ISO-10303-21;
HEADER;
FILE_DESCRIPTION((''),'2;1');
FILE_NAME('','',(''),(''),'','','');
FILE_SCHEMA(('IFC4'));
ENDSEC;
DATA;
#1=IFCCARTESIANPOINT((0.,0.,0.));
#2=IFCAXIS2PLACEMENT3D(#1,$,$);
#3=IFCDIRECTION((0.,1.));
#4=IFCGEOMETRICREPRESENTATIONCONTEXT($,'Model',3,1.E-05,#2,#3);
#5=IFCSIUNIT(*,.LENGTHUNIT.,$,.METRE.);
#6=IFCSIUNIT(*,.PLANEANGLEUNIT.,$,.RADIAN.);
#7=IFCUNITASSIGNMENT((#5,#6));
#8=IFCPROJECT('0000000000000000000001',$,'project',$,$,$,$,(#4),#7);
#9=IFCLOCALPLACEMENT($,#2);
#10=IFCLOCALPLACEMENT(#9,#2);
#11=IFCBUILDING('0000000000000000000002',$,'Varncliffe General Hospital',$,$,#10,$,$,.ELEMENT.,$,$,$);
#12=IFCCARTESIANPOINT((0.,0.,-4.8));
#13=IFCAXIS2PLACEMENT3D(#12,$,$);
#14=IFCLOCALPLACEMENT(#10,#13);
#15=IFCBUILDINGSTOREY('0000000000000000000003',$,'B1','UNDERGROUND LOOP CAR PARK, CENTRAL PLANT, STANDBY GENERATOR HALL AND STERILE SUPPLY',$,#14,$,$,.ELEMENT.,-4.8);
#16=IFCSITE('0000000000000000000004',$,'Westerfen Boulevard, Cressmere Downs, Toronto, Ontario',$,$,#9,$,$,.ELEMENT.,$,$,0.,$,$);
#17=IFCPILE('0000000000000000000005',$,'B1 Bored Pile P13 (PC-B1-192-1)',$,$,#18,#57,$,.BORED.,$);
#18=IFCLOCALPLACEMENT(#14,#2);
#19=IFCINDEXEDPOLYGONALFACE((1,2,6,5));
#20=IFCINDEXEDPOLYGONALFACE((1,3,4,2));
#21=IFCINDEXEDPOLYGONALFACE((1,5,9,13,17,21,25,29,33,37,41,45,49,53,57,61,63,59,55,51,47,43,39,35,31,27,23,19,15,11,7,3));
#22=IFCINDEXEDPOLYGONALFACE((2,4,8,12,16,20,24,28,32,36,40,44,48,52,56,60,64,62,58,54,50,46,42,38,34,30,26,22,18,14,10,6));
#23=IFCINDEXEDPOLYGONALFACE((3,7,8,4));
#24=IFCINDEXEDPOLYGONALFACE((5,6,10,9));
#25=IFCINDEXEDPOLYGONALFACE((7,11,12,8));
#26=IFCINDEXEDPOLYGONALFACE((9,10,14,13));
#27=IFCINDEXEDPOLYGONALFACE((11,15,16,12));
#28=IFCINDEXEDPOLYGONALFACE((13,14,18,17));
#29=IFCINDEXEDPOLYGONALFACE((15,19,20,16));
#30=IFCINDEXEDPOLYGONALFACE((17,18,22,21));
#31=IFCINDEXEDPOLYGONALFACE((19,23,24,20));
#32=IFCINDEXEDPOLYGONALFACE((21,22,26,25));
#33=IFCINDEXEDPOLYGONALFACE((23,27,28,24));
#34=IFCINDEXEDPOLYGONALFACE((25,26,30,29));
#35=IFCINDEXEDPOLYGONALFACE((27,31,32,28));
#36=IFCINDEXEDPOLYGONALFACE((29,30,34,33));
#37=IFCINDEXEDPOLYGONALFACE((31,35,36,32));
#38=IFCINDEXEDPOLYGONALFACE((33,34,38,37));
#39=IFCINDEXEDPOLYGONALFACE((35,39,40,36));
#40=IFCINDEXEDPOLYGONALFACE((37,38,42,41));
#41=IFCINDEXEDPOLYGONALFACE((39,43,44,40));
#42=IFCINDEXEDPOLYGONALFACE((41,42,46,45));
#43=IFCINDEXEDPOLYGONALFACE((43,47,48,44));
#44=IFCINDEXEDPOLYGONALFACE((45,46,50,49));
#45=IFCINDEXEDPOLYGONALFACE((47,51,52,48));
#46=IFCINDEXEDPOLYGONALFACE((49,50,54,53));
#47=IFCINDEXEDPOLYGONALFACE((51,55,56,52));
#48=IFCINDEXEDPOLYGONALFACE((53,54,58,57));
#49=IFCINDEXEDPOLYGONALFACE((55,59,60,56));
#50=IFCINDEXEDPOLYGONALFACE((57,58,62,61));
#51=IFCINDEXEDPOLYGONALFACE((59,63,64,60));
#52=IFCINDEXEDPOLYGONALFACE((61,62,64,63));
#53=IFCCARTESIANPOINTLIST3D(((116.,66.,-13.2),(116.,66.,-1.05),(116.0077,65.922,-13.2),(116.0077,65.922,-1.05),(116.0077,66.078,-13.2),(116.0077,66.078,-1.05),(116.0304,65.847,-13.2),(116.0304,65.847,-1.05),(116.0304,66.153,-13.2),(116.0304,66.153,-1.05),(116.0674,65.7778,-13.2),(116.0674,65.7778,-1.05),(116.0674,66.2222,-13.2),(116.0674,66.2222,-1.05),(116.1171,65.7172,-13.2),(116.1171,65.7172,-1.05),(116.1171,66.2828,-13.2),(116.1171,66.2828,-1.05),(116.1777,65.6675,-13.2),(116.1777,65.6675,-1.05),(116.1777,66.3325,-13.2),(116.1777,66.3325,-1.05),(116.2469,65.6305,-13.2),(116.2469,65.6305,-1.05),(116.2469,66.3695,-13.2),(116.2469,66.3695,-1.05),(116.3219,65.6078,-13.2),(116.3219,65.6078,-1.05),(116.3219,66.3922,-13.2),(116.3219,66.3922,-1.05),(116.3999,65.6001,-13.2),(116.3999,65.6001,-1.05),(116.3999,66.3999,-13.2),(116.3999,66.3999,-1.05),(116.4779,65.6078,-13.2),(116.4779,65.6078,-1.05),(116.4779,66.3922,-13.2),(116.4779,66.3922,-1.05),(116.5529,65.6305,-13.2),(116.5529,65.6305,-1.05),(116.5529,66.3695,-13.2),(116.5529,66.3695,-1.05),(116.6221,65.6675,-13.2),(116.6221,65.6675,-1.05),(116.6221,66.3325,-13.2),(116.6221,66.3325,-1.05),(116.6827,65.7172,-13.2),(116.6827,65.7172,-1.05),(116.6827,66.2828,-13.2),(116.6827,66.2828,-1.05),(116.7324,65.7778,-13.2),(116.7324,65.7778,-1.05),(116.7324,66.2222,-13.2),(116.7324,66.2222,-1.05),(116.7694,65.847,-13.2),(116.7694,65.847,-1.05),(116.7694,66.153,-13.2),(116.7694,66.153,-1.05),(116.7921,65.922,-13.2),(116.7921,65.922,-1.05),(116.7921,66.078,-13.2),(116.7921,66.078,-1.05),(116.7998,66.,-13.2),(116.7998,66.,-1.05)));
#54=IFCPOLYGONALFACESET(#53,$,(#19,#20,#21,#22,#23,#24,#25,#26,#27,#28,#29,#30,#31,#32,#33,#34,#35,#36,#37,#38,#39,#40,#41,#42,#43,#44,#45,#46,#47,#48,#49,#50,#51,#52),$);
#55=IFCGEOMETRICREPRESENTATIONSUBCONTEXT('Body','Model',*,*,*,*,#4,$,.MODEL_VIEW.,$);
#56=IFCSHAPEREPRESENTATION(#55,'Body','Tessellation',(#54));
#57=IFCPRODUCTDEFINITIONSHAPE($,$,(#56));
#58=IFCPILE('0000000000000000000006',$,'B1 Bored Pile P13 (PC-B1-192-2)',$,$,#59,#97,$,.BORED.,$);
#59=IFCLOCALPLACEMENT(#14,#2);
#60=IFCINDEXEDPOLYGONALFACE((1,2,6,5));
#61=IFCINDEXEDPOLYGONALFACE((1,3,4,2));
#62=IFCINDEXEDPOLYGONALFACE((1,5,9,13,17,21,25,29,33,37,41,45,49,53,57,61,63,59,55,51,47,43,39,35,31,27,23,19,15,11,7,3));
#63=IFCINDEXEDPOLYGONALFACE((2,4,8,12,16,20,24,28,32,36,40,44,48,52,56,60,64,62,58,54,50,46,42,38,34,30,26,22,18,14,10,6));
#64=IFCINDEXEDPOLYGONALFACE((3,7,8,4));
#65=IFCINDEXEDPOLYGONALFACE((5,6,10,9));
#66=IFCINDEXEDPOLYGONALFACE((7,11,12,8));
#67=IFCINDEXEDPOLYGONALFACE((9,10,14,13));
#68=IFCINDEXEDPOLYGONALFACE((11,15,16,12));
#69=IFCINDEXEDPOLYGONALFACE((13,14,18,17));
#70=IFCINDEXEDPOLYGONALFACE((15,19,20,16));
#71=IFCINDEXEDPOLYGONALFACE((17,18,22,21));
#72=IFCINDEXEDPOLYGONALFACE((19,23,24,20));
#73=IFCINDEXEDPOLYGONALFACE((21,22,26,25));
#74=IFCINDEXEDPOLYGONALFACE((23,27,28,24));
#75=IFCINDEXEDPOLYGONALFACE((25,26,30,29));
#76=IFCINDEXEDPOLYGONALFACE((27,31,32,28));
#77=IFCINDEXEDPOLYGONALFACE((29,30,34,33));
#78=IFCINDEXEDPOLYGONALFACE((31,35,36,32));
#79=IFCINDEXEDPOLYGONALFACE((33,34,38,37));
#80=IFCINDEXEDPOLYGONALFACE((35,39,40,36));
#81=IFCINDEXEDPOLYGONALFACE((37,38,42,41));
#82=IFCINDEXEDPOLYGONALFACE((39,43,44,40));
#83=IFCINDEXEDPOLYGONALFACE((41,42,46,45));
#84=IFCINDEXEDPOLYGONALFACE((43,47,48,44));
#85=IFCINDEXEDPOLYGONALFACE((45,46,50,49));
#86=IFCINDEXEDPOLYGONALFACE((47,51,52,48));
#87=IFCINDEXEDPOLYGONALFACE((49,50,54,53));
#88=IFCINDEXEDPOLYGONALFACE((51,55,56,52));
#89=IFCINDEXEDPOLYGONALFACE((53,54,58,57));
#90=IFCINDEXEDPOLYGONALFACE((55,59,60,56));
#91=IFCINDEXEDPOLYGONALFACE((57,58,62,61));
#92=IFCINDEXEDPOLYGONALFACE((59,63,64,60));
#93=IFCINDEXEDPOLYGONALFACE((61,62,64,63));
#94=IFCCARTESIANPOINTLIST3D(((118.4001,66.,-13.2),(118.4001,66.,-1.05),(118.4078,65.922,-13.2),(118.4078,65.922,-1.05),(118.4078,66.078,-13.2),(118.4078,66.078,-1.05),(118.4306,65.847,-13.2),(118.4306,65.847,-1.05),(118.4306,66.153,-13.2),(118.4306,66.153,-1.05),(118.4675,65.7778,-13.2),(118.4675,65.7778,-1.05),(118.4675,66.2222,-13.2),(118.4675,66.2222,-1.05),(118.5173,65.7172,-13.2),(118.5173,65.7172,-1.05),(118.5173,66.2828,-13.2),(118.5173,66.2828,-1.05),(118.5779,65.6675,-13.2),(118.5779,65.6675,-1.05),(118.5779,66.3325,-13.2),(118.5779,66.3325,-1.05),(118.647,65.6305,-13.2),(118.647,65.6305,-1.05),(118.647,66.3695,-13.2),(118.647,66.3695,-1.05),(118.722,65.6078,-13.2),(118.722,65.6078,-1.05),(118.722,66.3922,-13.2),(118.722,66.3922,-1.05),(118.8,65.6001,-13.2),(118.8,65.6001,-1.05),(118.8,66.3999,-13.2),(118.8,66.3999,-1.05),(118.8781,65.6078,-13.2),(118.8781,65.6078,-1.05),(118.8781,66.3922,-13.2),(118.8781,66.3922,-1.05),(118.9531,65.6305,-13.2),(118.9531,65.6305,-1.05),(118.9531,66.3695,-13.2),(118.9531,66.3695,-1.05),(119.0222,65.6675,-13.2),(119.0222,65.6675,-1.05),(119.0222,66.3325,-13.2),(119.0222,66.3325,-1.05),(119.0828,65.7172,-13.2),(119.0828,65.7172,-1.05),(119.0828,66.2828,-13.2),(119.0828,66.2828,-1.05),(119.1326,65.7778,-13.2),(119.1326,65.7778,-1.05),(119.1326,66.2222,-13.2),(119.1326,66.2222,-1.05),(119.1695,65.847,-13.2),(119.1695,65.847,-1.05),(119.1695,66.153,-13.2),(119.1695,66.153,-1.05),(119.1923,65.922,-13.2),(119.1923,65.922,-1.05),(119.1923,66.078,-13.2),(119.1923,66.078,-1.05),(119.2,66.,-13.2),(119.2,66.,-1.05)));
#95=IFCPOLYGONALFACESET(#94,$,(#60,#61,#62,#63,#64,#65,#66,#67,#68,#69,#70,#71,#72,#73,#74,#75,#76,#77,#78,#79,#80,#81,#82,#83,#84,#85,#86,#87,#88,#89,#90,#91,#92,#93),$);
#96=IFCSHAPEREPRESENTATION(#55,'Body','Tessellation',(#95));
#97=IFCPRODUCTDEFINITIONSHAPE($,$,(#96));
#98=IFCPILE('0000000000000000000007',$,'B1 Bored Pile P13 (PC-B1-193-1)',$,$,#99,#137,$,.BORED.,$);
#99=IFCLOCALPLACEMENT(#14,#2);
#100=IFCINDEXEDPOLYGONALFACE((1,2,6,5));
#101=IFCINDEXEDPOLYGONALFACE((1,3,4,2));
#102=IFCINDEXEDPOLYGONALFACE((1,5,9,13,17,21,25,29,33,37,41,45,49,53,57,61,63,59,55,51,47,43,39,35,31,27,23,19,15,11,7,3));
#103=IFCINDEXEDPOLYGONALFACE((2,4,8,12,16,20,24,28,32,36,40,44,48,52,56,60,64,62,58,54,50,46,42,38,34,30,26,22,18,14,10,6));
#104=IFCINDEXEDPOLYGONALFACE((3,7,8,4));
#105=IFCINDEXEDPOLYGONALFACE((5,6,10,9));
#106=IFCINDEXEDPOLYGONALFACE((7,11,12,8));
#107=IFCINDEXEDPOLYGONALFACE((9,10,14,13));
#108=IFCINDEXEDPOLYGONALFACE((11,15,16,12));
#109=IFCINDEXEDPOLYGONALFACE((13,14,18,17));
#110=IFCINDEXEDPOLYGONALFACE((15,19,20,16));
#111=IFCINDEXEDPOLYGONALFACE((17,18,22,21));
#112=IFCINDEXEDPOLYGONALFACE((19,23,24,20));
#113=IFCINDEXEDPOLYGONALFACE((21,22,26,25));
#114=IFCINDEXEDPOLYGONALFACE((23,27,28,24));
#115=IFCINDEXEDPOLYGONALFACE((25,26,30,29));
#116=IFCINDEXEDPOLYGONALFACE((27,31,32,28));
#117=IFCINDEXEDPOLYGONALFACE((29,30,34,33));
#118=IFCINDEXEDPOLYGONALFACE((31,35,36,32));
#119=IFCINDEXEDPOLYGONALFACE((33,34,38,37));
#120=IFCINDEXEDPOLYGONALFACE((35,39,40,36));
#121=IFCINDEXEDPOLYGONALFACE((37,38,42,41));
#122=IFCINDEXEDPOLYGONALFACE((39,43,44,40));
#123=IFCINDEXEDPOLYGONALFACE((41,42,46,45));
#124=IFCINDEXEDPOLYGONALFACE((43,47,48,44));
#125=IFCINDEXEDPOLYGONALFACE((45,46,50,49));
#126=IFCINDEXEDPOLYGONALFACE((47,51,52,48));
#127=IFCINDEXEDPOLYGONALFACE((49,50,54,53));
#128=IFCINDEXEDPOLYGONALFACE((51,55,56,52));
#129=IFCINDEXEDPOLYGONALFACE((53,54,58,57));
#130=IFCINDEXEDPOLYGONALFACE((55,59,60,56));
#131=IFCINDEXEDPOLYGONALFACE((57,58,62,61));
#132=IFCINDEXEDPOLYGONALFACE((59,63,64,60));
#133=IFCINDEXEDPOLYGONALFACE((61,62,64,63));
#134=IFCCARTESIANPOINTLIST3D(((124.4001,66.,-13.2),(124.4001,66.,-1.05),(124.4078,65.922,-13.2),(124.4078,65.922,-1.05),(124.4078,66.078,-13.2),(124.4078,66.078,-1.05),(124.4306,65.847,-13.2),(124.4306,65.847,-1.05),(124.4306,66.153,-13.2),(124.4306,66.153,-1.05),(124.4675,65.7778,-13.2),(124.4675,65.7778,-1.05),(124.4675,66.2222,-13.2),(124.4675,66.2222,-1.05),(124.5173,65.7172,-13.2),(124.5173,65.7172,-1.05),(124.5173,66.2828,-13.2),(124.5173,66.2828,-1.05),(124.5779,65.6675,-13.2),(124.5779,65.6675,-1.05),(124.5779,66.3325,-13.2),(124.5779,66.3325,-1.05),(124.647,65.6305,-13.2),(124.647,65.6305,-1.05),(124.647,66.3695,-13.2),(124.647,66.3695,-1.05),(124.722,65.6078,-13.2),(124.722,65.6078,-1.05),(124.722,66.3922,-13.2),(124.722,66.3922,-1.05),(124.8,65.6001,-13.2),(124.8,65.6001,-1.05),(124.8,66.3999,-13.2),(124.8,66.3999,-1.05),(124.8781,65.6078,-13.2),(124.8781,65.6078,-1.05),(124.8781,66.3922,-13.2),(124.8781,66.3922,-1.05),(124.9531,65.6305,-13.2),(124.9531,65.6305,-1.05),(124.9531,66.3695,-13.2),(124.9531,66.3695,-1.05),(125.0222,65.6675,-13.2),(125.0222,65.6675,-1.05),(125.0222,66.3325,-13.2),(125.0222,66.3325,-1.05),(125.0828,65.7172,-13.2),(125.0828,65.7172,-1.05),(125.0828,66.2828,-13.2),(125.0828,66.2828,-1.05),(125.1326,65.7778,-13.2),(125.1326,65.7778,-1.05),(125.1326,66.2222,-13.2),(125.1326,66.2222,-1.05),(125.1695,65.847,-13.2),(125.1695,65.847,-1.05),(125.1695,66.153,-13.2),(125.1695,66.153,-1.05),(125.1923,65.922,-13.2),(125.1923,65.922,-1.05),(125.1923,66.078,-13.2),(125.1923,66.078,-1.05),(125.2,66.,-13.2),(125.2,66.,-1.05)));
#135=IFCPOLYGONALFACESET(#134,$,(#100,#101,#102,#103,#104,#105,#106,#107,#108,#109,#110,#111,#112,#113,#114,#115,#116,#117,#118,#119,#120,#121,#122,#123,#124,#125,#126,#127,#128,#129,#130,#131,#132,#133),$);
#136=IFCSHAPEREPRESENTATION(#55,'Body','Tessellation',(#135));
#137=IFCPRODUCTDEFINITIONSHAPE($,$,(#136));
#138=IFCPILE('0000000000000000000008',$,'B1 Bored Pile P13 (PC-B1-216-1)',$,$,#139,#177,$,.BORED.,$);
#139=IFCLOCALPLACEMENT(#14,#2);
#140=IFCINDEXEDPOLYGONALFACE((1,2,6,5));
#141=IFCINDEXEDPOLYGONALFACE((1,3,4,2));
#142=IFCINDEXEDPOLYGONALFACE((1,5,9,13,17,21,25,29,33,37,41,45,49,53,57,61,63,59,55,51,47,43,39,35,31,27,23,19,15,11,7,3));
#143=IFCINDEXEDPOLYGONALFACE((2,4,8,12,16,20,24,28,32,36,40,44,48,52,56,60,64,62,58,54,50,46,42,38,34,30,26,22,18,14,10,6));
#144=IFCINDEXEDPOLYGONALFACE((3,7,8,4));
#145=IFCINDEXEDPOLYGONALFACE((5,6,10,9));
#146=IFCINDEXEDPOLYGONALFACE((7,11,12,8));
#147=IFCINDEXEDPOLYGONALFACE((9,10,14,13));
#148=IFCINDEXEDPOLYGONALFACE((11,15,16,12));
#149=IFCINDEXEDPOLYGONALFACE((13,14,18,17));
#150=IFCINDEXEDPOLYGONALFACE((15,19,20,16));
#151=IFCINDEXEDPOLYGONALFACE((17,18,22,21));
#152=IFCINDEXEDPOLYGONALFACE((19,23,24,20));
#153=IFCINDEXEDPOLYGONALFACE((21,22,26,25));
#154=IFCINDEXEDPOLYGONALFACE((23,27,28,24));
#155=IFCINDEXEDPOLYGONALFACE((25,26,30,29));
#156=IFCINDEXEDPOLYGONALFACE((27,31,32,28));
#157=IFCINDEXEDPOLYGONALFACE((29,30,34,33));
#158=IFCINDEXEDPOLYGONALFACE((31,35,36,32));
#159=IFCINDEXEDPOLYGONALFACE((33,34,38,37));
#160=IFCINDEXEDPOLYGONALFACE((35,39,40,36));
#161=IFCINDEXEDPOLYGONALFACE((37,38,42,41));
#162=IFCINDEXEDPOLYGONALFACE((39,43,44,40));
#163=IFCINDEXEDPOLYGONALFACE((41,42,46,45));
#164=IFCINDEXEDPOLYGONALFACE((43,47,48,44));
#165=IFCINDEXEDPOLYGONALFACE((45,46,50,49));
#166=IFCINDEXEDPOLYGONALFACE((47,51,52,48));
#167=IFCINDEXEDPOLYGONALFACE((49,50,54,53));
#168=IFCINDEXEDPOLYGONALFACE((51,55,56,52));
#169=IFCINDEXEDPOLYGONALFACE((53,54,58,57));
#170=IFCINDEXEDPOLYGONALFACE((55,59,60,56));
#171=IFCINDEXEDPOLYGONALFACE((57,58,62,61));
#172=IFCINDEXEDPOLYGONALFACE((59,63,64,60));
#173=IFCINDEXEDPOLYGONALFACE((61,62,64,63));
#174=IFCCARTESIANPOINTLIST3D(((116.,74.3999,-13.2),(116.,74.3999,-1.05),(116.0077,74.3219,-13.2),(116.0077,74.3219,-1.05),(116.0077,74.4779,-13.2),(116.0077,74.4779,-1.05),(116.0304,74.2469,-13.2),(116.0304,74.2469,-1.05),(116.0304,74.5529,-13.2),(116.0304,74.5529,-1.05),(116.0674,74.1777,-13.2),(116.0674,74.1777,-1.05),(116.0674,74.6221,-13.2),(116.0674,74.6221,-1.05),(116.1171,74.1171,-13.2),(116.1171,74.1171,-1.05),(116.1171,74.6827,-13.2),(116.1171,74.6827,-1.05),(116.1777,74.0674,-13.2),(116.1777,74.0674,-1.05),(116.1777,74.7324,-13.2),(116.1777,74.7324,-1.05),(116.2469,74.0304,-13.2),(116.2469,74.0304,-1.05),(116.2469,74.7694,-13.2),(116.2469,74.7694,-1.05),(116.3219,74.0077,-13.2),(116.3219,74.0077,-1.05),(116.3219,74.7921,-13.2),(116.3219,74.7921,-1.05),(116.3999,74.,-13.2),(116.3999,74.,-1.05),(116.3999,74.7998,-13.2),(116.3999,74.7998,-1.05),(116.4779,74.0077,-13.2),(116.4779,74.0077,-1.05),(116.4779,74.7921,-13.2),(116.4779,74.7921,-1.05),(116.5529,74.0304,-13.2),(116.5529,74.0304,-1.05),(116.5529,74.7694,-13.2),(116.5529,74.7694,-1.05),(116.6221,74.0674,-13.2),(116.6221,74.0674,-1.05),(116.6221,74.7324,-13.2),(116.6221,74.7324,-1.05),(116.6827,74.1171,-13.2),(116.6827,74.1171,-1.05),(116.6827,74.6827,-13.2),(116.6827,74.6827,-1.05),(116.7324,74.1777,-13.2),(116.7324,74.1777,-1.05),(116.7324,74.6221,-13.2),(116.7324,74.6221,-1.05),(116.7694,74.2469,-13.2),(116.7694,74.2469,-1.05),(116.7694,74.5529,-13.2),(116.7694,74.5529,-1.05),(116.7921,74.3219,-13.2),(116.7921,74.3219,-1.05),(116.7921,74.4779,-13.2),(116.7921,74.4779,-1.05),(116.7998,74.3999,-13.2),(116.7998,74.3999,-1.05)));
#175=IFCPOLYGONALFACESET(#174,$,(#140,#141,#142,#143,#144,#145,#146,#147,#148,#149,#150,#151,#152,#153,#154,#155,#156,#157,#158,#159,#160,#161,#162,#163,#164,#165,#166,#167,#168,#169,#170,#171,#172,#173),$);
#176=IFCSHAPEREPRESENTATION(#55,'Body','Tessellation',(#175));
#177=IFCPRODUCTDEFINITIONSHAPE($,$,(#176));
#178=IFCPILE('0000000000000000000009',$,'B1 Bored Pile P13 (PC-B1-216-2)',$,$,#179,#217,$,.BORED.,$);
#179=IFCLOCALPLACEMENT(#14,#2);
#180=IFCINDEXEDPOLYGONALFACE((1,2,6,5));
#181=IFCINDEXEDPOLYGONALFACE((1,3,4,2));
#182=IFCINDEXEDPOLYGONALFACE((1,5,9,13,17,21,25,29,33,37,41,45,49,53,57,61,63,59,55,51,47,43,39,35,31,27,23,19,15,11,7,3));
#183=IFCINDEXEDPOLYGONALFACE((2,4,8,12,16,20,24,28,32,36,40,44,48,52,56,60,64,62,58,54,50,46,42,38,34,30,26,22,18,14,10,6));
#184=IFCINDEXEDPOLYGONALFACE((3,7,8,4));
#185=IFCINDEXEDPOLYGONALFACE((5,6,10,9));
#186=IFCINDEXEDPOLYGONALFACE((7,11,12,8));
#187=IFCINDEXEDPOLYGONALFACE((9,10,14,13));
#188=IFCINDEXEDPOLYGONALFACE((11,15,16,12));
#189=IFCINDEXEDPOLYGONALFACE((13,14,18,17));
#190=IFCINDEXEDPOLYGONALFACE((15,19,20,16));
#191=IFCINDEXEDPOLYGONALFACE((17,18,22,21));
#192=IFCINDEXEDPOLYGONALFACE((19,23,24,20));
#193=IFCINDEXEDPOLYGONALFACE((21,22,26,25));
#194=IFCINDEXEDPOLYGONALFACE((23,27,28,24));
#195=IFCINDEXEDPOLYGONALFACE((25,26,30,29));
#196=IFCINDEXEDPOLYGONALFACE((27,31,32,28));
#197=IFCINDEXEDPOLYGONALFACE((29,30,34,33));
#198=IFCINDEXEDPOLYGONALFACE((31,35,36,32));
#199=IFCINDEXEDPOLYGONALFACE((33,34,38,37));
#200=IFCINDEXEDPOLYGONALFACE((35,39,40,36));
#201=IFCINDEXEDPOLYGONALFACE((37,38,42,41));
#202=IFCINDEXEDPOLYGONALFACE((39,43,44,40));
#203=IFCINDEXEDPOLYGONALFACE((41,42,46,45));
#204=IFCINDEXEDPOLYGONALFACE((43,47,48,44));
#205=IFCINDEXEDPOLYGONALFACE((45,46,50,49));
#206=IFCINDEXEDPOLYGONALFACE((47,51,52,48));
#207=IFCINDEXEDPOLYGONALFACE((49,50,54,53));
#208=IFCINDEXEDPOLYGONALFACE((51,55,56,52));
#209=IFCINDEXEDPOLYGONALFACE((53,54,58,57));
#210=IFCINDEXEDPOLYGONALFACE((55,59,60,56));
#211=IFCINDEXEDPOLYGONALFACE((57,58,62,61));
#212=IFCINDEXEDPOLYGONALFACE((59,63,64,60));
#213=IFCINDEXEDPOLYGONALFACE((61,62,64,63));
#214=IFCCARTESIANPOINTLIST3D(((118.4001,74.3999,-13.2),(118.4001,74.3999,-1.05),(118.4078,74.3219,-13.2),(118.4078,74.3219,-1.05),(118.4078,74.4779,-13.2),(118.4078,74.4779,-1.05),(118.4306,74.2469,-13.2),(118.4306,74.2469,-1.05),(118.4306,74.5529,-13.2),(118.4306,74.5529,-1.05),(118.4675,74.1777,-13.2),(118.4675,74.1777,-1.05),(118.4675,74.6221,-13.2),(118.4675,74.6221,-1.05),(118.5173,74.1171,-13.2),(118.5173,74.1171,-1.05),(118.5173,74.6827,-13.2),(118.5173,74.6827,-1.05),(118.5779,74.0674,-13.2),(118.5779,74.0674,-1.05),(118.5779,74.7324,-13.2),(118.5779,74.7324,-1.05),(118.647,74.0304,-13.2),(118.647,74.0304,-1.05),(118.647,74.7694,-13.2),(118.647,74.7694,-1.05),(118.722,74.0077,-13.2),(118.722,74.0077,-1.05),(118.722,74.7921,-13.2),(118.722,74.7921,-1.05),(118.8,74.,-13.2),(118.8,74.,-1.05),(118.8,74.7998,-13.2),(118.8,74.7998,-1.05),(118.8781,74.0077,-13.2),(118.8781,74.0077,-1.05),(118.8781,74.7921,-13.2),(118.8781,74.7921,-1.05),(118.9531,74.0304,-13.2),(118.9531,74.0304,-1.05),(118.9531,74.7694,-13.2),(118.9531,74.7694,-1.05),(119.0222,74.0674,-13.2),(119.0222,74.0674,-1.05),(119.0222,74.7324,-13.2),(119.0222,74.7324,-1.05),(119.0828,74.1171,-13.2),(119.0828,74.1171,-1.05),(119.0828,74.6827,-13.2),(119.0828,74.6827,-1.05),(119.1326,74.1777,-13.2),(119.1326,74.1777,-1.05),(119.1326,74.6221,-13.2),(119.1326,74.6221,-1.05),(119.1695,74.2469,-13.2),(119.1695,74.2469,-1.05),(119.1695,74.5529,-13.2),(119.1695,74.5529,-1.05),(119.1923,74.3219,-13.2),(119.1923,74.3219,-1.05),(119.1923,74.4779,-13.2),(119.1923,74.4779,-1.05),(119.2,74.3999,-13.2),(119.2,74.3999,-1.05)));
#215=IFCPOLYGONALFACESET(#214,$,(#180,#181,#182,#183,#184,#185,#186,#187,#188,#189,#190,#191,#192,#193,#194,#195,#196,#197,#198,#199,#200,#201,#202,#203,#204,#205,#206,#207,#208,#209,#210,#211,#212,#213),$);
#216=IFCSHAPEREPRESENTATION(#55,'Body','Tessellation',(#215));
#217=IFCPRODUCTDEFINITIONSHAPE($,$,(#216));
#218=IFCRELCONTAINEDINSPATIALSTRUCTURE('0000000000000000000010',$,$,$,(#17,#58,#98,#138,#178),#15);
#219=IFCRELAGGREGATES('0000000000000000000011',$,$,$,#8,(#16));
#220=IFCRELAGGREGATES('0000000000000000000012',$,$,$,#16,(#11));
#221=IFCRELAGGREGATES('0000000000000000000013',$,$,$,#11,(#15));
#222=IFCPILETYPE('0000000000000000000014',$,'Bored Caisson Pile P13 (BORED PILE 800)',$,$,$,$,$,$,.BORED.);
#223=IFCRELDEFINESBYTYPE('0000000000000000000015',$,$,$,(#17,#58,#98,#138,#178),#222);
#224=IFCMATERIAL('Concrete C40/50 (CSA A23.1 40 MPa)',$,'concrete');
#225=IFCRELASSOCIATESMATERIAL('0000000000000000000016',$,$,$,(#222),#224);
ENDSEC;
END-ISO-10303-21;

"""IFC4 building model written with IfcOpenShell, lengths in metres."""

from ifc_helpers import new_model, si_unit, direction, frame, origin, origin_2d, place, context, subcontext, project, spatial, circle, extrude, material, material_profile, profile_set, type_object, element, save


model = new_model("IFC4")

# Units and contexts
model_context = context("Model", 3, precision=1e-05, world=origin(), true_north=direction((0.0, 1.0)))
body_context = subcontext(model_context, "Body", "Model", "MODEL_VIEW")
ifc_project = project(units=[si_unit("LENGTHUNIT", "METRE"), si_unit("PLANEANGLEUNIT", "RADIAN")], contexts=[model_context])

# Site, building, storey
site_placement = place(None, origin())
site = spatial("IfcSite", under=ifc_project, at=site_placement, Name="Westerfen Boulevard, Cressmere Downs, Toronto, Ontario", CompositionType="ELEMENT", RefElevation=0.0)
building_placement = place(site_placement, origin())
building = spatial("IfcBuilding", under=site, at=building_placement, Name="Varncliffe General Hospital", CompositionType="ELEMENT")
storey_placement = place(building_placement, frame((0.0, 0.0, -4.8)))
storey = spatial("IfcBuildingStorey", under=building, at=storey_placement, Name="B1", Description="UNDERGROUND LOOP CAR PARK, CENTRAL PLANT, STANDBY GENERATOR HALL AND STERILE SUPPLY", CompositionType="ELEMENT", Elevation=-4.8)

# Piles
ifc_material_1 = material(Name="Concrete C40/50 (CSA A23.1 40 MPa)", Category="concrete")
ifc_material_profile_1 = material_profile(ifc_material_1, circle(Radius=0.3999, at=origin_2d()), Name="BORED PILE 800")
ifc_profile_set_1 = profile_set([ifc_material_profile_1], Name="Concrete C40/50 (CSA A23.1 40 MPa)")
pile_type = type_object("IfcPileType", Name="Bored Caisson Pile P13 (BORED PILE 800)", PredefinedType="BORED", material=ifc_profile_set_1)
for number, where, z_axis, x_axis, name in (
    (1, (116.3999, 66.0, -1.05), (0.0, 0.0, -1.0), (1.0, 0.0, 0.0), "B1 Bored Pile P13 (PC-B1-192-1)"),
    (2, (118.8, 66.0, -1.05), (0.0, 0.0, -1.0), (1.0, 0.0, 0.0), "B1 Bored Pile P13 (PC-B1-192-2)"),
    (3, (124.8, 66.0, -1.05), (0.0, 0.0, -1.0), (1.0, 0.0, 0.0), "B1 Bored Pile P13 (PC-B1-193-1)"),
    (4, (116.3999, 74.3999, -1.05), (0.0, 0.0, -1.0), (1.0, 0.0, 0.0), "B1 Bored Pile P13 (PC-B1-216-1)"),
    (5, (118.8, 74.3999, -1.05), (0.0, 0.0, -1.0), (1.0, 0.0, 0.0), "B1 Bored Pile P13 (PC-B1-216-2)"),
):
    element("IfcPile", number, at=place(storey_placement, frame(where, z_axis=z_axis, x_axis=x_axis)), inside=storey, type_object=pile_type, Name=name, PredefinedType="BORED", context=body_context, shape_type="SweptSolid", body=[
        extrude(circle(Radius=0.3999, at=origin_2d()), origin(), (0.0, 0.0, 1.0), 12.1499),
    ])

save(model, "model.ifc")
